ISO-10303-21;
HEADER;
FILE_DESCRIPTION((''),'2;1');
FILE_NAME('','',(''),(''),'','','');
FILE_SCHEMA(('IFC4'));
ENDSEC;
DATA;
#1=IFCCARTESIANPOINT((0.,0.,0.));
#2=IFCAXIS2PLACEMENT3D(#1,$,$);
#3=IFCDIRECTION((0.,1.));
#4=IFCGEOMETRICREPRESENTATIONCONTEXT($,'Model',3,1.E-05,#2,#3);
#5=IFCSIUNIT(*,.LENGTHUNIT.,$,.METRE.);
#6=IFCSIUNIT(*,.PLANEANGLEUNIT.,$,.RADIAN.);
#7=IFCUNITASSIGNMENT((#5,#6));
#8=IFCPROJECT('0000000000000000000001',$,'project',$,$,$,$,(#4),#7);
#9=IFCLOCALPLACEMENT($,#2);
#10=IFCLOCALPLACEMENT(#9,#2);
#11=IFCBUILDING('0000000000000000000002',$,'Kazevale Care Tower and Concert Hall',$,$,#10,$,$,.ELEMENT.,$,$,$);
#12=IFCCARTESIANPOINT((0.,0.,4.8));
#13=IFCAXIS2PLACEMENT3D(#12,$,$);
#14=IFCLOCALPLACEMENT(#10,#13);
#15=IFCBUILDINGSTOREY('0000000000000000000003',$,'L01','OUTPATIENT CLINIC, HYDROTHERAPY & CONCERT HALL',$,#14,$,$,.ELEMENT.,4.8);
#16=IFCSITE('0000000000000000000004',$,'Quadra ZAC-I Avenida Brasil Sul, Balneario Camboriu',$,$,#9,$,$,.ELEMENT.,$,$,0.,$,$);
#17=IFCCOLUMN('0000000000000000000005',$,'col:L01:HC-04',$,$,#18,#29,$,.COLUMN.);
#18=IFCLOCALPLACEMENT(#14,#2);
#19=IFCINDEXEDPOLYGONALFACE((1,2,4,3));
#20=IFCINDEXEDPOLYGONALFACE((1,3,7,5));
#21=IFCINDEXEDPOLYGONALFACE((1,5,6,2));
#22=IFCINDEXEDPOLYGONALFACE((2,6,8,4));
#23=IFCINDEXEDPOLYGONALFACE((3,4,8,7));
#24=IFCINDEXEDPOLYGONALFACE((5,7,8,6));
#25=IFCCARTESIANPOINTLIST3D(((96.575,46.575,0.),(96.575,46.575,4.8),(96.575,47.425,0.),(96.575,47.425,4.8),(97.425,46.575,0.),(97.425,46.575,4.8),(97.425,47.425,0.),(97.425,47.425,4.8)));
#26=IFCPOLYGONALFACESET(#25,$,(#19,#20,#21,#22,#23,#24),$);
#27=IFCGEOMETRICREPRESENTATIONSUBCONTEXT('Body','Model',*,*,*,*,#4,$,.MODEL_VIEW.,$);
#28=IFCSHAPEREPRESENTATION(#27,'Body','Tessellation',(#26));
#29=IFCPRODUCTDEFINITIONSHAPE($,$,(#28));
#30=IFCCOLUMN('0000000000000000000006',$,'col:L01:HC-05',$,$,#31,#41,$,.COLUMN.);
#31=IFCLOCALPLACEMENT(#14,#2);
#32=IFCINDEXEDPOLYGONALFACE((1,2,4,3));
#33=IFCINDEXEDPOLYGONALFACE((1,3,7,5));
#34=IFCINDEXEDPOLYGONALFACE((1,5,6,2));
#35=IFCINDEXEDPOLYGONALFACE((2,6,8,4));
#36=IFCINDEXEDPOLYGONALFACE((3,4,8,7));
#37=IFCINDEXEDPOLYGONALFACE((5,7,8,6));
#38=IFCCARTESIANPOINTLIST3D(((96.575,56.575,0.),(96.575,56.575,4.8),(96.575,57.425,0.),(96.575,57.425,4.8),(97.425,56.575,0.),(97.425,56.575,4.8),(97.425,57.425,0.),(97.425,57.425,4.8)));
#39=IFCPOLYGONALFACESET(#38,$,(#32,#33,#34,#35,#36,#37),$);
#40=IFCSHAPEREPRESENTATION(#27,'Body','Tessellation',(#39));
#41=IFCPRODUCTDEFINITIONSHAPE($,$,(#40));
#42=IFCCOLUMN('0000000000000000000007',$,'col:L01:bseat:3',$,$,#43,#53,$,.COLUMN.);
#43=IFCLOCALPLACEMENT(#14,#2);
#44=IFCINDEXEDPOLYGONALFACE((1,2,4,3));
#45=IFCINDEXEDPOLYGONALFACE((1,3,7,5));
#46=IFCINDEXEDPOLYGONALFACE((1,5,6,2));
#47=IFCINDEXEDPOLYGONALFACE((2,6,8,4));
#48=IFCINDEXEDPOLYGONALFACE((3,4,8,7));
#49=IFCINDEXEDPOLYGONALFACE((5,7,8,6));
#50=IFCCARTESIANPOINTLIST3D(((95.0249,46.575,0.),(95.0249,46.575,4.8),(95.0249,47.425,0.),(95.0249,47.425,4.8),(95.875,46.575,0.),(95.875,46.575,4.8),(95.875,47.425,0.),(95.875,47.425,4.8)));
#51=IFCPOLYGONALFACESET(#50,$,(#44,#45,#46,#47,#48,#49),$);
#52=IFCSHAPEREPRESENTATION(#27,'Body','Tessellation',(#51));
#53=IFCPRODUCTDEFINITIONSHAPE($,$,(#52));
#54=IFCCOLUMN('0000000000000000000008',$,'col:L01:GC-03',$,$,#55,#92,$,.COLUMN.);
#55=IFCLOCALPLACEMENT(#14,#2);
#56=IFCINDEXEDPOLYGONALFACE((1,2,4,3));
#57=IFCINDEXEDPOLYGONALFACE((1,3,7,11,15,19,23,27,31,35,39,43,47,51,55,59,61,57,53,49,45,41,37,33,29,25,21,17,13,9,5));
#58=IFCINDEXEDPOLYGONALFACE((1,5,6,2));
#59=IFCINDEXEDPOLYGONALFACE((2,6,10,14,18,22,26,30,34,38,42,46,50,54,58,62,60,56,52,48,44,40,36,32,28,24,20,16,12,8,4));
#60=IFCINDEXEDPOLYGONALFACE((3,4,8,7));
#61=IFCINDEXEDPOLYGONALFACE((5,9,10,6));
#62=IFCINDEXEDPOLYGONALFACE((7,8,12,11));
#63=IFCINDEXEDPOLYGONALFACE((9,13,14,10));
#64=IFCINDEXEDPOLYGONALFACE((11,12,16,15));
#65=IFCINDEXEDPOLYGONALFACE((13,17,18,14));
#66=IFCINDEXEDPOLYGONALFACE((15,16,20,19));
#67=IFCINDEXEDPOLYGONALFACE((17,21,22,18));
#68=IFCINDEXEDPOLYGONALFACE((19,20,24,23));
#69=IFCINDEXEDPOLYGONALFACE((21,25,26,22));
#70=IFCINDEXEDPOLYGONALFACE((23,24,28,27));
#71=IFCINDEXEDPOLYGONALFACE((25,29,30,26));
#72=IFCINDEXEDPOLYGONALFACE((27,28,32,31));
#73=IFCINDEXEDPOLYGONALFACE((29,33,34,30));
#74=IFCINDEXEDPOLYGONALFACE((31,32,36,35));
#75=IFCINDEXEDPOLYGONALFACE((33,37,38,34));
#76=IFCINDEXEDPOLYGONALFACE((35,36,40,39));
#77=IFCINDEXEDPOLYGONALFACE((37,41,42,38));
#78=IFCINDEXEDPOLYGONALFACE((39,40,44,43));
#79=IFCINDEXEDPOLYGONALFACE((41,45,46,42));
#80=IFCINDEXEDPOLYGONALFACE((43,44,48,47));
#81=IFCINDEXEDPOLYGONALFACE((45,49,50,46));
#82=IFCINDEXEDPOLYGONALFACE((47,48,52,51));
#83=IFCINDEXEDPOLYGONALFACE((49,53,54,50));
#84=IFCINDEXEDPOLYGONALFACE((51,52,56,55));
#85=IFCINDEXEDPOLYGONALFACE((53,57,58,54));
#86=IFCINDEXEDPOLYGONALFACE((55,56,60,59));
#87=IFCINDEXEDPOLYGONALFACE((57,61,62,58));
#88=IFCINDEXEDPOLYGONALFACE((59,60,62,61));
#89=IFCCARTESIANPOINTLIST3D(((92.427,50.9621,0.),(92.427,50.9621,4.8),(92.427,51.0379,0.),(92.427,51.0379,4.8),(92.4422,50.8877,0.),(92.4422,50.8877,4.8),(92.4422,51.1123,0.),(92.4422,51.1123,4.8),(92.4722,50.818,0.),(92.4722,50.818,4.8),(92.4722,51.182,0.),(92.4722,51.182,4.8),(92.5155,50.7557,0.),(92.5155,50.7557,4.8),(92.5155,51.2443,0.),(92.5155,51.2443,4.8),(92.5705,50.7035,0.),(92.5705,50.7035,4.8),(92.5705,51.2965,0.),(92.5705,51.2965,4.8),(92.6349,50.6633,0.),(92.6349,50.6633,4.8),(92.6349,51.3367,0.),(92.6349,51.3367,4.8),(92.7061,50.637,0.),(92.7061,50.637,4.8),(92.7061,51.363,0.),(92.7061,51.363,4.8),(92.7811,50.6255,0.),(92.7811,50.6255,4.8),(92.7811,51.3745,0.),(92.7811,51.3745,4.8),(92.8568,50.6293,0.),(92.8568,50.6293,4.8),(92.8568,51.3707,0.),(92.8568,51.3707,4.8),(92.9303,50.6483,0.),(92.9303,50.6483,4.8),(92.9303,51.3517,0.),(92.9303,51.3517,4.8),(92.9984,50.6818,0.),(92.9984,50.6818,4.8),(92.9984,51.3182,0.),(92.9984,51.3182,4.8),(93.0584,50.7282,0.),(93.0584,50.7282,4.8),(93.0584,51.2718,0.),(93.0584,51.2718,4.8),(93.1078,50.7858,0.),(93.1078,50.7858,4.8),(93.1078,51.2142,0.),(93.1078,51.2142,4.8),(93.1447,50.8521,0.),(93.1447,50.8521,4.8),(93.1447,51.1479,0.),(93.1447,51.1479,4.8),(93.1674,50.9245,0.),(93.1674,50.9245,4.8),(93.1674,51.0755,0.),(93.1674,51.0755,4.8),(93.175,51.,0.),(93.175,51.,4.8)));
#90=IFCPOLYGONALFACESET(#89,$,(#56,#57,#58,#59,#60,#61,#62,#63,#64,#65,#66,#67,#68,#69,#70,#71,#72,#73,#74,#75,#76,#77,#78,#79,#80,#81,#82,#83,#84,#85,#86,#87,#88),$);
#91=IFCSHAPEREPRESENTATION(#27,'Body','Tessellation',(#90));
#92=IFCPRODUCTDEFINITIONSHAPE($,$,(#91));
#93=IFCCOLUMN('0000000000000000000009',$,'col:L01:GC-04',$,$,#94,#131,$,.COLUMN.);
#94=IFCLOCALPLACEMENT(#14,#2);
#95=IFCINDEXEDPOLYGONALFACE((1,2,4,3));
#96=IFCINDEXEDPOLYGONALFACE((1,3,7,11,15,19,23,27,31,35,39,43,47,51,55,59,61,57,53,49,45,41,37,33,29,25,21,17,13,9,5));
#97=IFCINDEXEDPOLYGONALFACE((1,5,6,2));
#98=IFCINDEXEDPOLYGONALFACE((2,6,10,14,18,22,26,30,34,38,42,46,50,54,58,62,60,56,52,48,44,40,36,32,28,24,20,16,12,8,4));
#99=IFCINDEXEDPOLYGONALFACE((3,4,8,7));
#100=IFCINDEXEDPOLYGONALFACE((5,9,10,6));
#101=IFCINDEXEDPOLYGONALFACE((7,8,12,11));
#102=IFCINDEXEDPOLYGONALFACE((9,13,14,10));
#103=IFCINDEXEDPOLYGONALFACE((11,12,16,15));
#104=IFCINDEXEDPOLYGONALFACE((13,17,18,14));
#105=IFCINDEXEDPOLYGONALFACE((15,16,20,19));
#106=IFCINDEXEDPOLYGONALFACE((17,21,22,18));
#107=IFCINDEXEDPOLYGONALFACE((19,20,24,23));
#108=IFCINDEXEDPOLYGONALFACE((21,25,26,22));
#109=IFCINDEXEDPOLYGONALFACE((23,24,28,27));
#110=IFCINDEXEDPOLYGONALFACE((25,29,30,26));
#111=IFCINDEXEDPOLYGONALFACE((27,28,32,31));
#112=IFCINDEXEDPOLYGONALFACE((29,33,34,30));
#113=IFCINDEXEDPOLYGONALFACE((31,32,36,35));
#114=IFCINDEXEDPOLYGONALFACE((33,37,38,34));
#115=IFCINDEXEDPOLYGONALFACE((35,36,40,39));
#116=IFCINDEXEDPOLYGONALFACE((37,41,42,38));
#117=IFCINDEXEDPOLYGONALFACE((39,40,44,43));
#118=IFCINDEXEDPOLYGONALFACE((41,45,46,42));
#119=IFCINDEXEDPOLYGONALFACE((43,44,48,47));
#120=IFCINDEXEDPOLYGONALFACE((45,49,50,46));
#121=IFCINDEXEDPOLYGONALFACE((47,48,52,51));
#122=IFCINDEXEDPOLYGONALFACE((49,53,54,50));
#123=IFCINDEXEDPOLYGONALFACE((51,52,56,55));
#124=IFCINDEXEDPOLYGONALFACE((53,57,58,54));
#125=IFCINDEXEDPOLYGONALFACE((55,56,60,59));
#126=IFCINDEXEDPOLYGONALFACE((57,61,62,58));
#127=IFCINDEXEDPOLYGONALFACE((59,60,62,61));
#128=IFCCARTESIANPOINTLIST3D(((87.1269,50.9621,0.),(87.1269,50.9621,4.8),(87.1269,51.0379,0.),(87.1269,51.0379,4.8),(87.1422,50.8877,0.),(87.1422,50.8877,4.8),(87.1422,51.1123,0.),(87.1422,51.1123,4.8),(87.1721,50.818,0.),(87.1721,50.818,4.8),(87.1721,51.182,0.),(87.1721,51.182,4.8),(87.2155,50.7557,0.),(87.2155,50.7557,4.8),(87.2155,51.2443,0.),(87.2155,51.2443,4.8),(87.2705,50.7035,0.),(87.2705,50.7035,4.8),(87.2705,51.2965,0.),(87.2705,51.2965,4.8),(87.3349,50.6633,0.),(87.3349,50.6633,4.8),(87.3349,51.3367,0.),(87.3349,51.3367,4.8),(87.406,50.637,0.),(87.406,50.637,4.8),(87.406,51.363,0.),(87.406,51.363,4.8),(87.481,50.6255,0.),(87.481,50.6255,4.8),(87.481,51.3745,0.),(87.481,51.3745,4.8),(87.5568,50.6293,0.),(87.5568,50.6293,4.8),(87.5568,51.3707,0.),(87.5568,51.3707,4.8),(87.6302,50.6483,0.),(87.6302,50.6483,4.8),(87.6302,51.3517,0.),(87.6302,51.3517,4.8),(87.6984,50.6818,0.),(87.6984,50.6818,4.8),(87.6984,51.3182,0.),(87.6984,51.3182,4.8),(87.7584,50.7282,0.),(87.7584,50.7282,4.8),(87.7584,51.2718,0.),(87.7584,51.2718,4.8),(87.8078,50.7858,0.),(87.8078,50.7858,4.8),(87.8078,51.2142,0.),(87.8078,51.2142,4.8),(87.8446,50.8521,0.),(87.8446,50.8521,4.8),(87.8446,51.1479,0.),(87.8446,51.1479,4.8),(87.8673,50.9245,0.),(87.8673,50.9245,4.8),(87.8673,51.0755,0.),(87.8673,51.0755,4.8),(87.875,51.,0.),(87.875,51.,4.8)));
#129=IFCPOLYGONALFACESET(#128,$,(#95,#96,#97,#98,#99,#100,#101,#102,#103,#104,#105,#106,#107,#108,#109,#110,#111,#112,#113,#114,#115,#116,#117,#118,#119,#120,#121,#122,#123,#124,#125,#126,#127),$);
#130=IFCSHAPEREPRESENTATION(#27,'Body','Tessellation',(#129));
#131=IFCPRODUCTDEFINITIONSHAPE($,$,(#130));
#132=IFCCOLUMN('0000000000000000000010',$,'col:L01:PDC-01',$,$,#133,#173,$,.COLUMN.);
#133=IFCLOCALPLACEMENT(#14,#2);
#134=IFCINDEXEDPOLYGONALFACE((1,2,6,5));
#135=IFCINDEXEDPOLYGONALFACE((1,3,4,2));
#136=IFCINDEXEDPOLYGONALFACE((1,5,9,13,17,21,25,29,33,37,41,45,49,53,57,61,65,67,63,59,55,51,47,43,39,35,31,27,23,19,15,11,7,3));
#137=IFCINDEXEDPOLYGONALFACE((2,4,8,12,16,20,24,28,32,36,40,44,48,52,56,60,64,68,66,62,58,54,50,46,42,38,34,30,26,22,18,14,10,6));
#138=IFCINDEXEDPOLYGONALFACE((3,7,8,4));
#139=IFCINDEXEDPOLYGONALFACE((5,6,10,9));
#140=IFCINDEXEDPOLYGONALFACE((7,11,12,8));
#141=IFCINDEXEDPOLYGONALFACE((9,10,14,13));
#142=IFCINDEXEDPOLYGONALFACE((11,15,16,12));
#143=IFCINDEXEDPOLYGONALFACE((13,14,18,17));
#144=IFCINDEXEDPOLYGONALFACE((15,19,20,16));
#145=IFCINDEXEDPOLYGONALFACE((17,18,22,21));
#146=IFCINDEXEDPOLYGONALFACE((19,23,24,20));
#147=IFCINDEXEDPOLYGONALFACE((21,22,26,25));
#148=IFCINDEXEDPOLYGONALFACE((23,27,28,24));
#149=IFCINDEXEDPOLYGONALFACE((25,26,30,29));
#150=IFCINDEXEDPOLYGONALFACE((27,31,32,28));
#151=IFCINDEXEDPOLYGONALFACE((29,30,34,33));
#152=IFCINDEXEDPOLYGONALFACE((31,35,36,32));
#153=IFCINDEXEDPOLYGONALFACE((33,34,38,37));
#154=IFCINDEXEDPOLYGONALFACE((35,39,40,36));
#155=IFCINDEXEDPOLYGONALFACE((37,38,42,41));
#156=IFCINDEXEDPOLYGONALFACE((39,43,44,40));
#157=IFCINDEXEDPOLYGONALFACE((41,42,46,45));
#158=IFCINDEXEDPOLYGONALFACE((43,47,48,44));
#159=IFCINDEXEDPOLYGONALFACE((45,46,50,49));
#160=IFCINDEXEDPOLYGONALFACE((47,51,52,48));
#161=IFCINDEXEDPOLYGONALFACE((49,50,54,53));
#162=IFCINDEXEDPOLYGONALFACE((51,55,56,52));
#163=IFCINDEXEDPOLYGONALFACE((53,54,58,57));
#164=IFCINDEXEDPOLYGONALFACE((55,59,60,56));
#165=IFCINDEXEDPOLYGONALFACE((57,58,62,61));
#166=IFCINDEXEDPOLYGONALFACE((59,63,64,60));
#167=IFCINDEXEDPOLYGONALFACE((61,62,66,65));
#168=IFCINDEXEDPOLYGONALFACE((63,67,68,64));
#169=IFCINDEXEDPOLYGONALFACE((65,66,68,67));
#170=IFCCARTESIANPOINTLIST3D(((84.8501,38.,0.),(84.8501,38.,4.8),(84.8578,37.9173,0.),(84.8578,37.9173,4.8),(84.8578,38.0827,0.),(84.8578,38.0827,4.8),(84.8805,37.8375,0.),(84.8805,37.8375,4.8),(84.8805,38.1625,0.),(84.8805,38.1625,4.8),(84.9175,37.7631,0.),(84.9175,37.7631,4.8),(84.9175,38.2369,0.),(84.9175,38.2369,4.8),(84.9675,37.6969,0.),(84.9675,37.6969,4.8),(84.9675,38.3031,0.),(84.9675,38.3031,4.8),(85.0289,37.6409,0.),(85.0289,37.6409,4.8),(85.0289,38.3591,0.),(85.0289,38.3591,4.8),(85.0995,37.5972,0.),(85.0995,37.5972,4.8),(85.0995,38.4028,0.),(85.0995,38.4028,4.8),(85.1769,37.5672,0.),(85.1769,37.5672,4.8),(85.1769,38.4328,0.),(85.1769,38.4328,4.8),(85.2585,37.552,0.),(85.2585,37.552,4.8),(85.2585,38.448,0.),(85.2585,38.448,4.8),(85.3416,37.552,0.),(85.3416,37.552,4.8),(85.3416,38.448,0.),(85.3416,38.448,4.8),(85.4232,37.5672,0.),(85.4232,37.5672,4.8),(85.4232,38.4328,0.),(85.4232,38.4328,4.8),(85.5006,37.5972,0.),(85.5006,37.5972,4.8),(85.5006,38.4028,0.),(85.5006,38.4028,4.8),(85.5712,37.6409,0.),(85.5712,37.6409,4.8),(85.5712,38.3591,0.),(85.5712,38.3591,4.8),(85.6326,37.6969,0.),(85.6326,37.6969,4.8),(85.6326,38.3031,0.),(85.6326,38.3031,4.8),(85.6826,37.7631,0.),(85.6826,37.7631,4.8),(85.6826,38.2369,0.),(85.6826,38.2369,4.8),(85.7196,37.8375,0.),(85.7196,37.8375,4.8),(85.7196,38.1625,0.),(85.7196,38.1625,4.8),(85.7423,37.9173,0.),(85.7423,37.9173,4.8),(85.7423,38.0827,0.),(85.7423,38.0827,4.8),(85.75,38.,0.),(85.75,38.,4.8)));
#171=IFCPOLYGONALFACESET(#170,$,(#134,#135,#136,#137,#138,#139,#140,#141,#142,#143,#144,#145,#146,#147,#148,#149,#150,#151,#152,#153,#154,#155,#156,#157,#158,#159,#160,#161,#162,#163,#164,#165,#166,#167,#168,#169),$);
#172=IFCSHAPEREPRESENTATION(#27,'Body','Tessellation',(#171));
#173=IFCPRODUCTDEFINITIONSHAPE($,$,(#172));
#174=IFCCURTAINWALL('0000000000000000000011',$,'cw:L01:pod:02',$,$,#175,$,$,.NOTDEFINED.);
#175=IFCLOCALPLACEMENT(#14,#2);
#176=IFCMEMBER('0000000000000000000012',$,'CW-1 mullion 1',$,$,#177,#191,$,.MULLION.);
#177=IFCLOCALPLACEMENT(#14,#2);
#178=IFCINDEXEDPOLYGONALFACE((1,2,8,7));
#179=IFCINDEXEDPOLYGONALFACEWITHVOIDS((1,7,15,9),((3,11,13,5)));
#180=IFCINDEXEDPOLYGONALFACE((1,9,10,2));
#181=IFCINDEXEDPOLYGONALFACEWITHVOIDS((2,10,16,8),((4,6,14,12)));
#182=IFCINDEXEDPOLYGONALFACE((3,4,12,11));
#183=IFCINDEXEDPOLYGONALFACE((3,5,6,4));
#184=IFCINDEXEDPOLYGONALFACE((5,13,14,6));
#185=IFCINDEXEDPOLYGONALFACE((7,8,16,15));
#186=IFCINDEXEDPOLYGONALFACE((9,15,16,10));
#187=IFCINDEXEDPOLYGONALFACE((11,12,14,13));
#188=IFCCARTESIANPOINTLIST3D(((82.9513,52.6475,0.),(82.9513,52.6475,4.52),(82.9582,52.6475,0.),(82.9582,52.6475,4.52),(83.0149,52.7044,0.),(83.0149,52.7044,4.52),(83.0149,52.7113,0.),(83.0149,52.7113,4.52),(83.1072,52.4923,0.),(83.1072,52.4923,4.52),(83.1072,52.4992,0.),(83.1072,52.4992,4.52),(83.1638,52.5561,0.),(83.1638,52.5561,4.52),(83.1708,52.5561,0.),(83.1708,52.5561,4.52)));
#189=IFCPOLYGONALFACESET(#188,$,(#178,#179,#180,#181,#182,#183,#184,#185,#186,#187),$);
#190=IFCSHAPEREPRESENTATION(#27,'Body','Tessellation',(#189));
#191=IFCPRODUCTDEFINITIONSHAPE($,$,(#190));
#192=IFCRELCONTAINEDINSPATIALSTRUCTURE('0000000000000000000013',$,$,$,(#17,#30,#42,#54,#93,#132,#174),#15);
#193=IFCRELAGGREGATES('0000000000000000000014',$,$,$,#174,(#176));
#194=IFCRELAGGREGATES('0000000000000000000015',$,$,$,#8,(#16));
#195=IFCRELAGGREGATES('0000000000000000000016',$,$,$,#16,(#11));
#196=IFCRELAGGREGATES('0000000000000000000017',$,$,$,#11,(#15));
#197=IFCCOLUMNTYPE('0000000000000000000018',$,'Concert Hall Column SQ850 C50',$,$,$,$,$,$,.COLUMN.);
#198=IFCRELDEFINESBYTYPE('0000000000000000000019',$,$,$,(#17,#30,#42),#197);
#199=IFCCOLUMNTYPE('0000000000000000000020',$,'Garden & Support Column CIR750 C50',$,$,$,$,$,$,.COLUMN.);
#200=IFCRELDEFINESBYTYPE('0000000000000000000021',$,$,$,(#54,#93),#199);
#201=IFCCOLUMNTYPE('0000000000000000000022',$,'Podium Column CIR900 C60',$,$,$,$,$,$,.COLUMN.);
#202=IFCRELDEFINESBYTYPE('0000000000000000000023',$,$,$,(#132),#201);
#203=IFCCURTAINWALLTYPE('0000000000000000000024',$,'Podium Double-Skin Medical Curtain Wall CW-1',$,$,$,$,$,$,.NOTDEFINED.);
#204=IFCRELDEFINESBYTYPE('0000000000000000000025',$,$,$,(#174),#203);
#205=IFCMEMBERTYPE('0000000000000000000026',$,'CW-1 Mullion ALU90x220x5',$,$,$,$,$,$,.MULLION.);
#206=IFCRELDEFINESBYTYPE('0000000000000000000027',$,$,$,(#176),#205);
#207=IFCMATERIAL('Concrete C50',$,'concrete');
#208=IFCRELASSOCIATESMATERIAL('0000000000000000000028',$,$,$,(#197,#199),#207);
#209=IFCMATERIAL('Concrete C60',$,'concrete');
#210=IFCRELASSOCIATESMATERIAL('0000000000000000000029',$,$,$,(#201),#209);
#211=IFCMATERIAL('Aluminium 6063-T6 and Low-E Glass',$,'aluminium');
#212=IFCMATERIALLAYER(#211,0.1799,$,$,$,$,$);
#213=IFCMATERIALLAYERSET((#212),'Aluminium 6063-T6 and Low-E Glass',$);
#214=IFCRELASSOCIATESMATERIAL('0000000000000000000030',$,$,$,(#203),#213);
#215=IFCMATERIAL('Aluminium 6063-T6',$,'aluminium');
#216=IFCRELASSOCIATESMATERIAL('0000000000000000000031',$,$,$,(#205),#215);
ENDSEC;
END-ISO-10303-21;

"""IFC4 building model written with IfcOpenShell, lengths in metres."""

from ifc_helpers import new_model, si_unit, direction, frame, origin, origin_2d, place, context, subcontext, project, spatial, rectangle, hollow_rectangle, circle, extrude, material, layer, layer_set, material_profile, profile_set, type_object, element, aggregate, save


model = new_model("IFC4")

# Units and contexts
model_context = context("Model", 3, precision=1e-05, world=origin(), true_north=direction((0.0, 1.0)))
body_context = subcontext(model_context, "Body", "Model", "MODEL_VIEW")
ifc_project = project(units=[si_unit("LENGTHUNIT", "METRE"), si_unit("PLANEANGLEUNIT", "RADIAN")], contexts=[model_context])

# Site, building, storey
site_placement = place(None, origin())
site = spatial("IfcSite", under=ifc_project, at=site_placement, Name="Quadra ZAC-I Avenida Brasil Sul, Balneario Camboriu", CompositionType="ELEMENT", RefElevation=0.0)
building_placement = place(site_placement, origin())
building = spatial("IfcBuilding", under=site, at=building_placement, Name="Kazevale Care Tower and Concert Hall", CompositionType="ELEMENT")
storey_placement = place(building_placement, frame((0.0, 0.0, 4.8)))
storey = spatial("IfcBuildingStorey", under=building, at=storey_placement, Name="L01", Description="OUTPATIENT CLINIC, HYDROTHERAPY & CONCERT HALL", CompositionType="ELEMENT", Elevation=4.8)

# Columns
ifc_material_1 = material(Name="Concrete C50", Category="concrete")
ifc_material_profile_1 = material_profile(ifc_material_1, rectangle(XDim=0.8501, YDim=0.8501, at=origin_2d()), Name="RC-SQ850")
ifc_profile_set_1 = profile_set([ifc_material_profile_1], Name="Concrete C50")
column_type_1 = type_object("IfcColumnType", Name="Concert Hall Column SQ850 C50", PredefinedType="COLUMN", material=ifc_profile_set_1)
for number, where, z_axis, x_axis, name in (
    (1, (97.0, 47.0, 0.0), (0.0, 0.0, 1.0), (1.0, 0.0, 0.0), "col:L01:HC-04"),
    (2, (97.0, 57.0, 0.0), (0.0, 0.0, 1.0), (1.0, 0.0, 0.0), "col:L01:HC-05"),
    (3, (95.45, 47.0, 0.0), (0.0, 0.0, 1.0), (1.0, 0.0, 0.0), "col:L01:bseat:3"),
):
    element("IfcColumn", number, at=place(storey_placement, frame(where, z_axis=z_axis, x_axis=x_axis)), inside=storey, type_object=column_type_1, Name=name, PredefinedType="COLUMN", context=body_context, shape_type="SweptSolid", body=[
        extrude(rectangle(XDim=0.8501, YDim=0.8501, at=origin_2d()), origin(), (0.0, 0.0, 1.0), 4.8),
    ])
ifc_material_profile_2 = material_profile(ifc_material_1, circle(Radius=0.375, at=origin_2d()), Name="RC-CIR750")
ifc_profile_set_2 = profile_set([ifc_material_profile_2], Name="Concrete C50")
column_type_2 = type_object("IfcColumnType", Name="Garden & Support Column CIR750 C50", PredefinedType="COLUMN", material=ifc_profile_set_2)
for number, where, z_axis, x_axis, name in (
    (4, (92.8, 51.0, 0.0), (0.0, 0.0, 1.0), (1.0, 0.0, 0.0), "col:L01:GC-03"),
    (5, (87.5, 51.0, 0.0), (0.0, 0.0, 1.0), (1.0, 0.0, 0.0), "col:L01:GC-04"),
):
    element("IfcColumn", number, at=place(storey_placement, frame(where, z_axis=z_axis, x_axis=x_axis)), inside=storey, type_object=column_type_2, Name=name, PredefinedType="COLUMN", context=body_context, shape_type="SweptSolid", body=[
        extrude(circle(Radius=0.375, at=origin_2d()), origin(), (0.0, 0.0, 1.0), 4.8),
    ])
ifc_material_2 = material(Name="Concrete C60", Category="concrete")
ifc_material_profile_3 = material_profile(ifc_material_2, circle(Radius=0.45, at=origin_2d()), Name="RC-CIR900")
ifc_profile_set_3 = profile_set([ifc_material_profile_3], Name="Concrete C60")
column_type_3 = type_object("IfcColumnType", Name="Podium Column CIR900 C60", PredefinedType="COLUMN", material=ifc_profile_set_3)
column_placement = place(storey_placement, frame((85.3, 38.0, 0.0), z_axis=(0.0, 0.0, 1.0), x_axis=(1.0, 0.0, 0.0)))
element("IfcColumn", 6, at=column_placement, inside=storey, type_object=column_type_3, Name="col:L01:PDC-01", PredefinedType="COLUMN", context=body_context, shape_type="SweptSolid", body=[
    extrude(circle(Radius=0.45, at=origin_2d()), origin(), (0.0, 0.0, 1.0), 4.8),
])

# Curtain wall, member
ifc_material_3 = material(Name="Aluminium 6063-T6 and Low-E Glass", Category="aluminium")
ifc_layer_1 = layer(ifc_material_3, 0.1799)
ifc_layer_set_1 = layer_set([ifc_layer_1], Name="Aluminium 6063-T6 and Low-E Glass")
curtain_wall_type_1 = type_object("IfcCurtainWallType", Name="Podium Double-Skin Medical Curtain Wall CW-1", PredefinedType="NOTDEFINED", material=ifc_layer_set_1)
curtain_wall_1_placement = place(storey_placement, origin())
curtain_wall_1 = element("IfcCurtainWall", 7, at=curtain_wall_1_placement, inside=storey, type_object=curtain_wall_type_1, Name="cw:L01:pod:02", PredefinedType="NOTDEFINED")
ifc_material_4 = material(Name="Aluminium 6063-T6", Category="aluminium")
ifc_material_profile_4 = material_profile(ifc_material_4, hollow_rectangle(XDim=0.0901, YDim=0.22, WallThickness=0.0049, at=origin_2d()), Name="ALU90x220x5")
ifc_profile_set_4 = profile_set([ifc_material_profile_4], Name="Aluminium 6063-T6")
member_type_1 = type_object("IfcMemberType", Name="CW-1 Mullion ALU90x220x5", PredefinedType="MULLION", material=ifc_profile_set_4)
member_1_placement = place(storey_placement, frame((83.061, 52.6018, 0.0), z_axis=(0.0, 0.0, 1.0), x_axis=(-0.705656, -0.708555, 0.0)))
member_1 = element("IfcMember", 8, at=member_1_placement, type_object=member_type_1, Name="CW-1 mullion 1", PredefinedType="MULLION", context=body_context, shape_type="SweptSolid", body=[
    extrude(hollow_rectangle(XDim=0.0901, YDim=0.22, WallThickness=0.0049, at=origin_2d()), origin(), (0.0, 0.0, 1.0), 4.52),
])
aggregate(curtain_wall_1, [member_1])

save(model, "model.ifc")
